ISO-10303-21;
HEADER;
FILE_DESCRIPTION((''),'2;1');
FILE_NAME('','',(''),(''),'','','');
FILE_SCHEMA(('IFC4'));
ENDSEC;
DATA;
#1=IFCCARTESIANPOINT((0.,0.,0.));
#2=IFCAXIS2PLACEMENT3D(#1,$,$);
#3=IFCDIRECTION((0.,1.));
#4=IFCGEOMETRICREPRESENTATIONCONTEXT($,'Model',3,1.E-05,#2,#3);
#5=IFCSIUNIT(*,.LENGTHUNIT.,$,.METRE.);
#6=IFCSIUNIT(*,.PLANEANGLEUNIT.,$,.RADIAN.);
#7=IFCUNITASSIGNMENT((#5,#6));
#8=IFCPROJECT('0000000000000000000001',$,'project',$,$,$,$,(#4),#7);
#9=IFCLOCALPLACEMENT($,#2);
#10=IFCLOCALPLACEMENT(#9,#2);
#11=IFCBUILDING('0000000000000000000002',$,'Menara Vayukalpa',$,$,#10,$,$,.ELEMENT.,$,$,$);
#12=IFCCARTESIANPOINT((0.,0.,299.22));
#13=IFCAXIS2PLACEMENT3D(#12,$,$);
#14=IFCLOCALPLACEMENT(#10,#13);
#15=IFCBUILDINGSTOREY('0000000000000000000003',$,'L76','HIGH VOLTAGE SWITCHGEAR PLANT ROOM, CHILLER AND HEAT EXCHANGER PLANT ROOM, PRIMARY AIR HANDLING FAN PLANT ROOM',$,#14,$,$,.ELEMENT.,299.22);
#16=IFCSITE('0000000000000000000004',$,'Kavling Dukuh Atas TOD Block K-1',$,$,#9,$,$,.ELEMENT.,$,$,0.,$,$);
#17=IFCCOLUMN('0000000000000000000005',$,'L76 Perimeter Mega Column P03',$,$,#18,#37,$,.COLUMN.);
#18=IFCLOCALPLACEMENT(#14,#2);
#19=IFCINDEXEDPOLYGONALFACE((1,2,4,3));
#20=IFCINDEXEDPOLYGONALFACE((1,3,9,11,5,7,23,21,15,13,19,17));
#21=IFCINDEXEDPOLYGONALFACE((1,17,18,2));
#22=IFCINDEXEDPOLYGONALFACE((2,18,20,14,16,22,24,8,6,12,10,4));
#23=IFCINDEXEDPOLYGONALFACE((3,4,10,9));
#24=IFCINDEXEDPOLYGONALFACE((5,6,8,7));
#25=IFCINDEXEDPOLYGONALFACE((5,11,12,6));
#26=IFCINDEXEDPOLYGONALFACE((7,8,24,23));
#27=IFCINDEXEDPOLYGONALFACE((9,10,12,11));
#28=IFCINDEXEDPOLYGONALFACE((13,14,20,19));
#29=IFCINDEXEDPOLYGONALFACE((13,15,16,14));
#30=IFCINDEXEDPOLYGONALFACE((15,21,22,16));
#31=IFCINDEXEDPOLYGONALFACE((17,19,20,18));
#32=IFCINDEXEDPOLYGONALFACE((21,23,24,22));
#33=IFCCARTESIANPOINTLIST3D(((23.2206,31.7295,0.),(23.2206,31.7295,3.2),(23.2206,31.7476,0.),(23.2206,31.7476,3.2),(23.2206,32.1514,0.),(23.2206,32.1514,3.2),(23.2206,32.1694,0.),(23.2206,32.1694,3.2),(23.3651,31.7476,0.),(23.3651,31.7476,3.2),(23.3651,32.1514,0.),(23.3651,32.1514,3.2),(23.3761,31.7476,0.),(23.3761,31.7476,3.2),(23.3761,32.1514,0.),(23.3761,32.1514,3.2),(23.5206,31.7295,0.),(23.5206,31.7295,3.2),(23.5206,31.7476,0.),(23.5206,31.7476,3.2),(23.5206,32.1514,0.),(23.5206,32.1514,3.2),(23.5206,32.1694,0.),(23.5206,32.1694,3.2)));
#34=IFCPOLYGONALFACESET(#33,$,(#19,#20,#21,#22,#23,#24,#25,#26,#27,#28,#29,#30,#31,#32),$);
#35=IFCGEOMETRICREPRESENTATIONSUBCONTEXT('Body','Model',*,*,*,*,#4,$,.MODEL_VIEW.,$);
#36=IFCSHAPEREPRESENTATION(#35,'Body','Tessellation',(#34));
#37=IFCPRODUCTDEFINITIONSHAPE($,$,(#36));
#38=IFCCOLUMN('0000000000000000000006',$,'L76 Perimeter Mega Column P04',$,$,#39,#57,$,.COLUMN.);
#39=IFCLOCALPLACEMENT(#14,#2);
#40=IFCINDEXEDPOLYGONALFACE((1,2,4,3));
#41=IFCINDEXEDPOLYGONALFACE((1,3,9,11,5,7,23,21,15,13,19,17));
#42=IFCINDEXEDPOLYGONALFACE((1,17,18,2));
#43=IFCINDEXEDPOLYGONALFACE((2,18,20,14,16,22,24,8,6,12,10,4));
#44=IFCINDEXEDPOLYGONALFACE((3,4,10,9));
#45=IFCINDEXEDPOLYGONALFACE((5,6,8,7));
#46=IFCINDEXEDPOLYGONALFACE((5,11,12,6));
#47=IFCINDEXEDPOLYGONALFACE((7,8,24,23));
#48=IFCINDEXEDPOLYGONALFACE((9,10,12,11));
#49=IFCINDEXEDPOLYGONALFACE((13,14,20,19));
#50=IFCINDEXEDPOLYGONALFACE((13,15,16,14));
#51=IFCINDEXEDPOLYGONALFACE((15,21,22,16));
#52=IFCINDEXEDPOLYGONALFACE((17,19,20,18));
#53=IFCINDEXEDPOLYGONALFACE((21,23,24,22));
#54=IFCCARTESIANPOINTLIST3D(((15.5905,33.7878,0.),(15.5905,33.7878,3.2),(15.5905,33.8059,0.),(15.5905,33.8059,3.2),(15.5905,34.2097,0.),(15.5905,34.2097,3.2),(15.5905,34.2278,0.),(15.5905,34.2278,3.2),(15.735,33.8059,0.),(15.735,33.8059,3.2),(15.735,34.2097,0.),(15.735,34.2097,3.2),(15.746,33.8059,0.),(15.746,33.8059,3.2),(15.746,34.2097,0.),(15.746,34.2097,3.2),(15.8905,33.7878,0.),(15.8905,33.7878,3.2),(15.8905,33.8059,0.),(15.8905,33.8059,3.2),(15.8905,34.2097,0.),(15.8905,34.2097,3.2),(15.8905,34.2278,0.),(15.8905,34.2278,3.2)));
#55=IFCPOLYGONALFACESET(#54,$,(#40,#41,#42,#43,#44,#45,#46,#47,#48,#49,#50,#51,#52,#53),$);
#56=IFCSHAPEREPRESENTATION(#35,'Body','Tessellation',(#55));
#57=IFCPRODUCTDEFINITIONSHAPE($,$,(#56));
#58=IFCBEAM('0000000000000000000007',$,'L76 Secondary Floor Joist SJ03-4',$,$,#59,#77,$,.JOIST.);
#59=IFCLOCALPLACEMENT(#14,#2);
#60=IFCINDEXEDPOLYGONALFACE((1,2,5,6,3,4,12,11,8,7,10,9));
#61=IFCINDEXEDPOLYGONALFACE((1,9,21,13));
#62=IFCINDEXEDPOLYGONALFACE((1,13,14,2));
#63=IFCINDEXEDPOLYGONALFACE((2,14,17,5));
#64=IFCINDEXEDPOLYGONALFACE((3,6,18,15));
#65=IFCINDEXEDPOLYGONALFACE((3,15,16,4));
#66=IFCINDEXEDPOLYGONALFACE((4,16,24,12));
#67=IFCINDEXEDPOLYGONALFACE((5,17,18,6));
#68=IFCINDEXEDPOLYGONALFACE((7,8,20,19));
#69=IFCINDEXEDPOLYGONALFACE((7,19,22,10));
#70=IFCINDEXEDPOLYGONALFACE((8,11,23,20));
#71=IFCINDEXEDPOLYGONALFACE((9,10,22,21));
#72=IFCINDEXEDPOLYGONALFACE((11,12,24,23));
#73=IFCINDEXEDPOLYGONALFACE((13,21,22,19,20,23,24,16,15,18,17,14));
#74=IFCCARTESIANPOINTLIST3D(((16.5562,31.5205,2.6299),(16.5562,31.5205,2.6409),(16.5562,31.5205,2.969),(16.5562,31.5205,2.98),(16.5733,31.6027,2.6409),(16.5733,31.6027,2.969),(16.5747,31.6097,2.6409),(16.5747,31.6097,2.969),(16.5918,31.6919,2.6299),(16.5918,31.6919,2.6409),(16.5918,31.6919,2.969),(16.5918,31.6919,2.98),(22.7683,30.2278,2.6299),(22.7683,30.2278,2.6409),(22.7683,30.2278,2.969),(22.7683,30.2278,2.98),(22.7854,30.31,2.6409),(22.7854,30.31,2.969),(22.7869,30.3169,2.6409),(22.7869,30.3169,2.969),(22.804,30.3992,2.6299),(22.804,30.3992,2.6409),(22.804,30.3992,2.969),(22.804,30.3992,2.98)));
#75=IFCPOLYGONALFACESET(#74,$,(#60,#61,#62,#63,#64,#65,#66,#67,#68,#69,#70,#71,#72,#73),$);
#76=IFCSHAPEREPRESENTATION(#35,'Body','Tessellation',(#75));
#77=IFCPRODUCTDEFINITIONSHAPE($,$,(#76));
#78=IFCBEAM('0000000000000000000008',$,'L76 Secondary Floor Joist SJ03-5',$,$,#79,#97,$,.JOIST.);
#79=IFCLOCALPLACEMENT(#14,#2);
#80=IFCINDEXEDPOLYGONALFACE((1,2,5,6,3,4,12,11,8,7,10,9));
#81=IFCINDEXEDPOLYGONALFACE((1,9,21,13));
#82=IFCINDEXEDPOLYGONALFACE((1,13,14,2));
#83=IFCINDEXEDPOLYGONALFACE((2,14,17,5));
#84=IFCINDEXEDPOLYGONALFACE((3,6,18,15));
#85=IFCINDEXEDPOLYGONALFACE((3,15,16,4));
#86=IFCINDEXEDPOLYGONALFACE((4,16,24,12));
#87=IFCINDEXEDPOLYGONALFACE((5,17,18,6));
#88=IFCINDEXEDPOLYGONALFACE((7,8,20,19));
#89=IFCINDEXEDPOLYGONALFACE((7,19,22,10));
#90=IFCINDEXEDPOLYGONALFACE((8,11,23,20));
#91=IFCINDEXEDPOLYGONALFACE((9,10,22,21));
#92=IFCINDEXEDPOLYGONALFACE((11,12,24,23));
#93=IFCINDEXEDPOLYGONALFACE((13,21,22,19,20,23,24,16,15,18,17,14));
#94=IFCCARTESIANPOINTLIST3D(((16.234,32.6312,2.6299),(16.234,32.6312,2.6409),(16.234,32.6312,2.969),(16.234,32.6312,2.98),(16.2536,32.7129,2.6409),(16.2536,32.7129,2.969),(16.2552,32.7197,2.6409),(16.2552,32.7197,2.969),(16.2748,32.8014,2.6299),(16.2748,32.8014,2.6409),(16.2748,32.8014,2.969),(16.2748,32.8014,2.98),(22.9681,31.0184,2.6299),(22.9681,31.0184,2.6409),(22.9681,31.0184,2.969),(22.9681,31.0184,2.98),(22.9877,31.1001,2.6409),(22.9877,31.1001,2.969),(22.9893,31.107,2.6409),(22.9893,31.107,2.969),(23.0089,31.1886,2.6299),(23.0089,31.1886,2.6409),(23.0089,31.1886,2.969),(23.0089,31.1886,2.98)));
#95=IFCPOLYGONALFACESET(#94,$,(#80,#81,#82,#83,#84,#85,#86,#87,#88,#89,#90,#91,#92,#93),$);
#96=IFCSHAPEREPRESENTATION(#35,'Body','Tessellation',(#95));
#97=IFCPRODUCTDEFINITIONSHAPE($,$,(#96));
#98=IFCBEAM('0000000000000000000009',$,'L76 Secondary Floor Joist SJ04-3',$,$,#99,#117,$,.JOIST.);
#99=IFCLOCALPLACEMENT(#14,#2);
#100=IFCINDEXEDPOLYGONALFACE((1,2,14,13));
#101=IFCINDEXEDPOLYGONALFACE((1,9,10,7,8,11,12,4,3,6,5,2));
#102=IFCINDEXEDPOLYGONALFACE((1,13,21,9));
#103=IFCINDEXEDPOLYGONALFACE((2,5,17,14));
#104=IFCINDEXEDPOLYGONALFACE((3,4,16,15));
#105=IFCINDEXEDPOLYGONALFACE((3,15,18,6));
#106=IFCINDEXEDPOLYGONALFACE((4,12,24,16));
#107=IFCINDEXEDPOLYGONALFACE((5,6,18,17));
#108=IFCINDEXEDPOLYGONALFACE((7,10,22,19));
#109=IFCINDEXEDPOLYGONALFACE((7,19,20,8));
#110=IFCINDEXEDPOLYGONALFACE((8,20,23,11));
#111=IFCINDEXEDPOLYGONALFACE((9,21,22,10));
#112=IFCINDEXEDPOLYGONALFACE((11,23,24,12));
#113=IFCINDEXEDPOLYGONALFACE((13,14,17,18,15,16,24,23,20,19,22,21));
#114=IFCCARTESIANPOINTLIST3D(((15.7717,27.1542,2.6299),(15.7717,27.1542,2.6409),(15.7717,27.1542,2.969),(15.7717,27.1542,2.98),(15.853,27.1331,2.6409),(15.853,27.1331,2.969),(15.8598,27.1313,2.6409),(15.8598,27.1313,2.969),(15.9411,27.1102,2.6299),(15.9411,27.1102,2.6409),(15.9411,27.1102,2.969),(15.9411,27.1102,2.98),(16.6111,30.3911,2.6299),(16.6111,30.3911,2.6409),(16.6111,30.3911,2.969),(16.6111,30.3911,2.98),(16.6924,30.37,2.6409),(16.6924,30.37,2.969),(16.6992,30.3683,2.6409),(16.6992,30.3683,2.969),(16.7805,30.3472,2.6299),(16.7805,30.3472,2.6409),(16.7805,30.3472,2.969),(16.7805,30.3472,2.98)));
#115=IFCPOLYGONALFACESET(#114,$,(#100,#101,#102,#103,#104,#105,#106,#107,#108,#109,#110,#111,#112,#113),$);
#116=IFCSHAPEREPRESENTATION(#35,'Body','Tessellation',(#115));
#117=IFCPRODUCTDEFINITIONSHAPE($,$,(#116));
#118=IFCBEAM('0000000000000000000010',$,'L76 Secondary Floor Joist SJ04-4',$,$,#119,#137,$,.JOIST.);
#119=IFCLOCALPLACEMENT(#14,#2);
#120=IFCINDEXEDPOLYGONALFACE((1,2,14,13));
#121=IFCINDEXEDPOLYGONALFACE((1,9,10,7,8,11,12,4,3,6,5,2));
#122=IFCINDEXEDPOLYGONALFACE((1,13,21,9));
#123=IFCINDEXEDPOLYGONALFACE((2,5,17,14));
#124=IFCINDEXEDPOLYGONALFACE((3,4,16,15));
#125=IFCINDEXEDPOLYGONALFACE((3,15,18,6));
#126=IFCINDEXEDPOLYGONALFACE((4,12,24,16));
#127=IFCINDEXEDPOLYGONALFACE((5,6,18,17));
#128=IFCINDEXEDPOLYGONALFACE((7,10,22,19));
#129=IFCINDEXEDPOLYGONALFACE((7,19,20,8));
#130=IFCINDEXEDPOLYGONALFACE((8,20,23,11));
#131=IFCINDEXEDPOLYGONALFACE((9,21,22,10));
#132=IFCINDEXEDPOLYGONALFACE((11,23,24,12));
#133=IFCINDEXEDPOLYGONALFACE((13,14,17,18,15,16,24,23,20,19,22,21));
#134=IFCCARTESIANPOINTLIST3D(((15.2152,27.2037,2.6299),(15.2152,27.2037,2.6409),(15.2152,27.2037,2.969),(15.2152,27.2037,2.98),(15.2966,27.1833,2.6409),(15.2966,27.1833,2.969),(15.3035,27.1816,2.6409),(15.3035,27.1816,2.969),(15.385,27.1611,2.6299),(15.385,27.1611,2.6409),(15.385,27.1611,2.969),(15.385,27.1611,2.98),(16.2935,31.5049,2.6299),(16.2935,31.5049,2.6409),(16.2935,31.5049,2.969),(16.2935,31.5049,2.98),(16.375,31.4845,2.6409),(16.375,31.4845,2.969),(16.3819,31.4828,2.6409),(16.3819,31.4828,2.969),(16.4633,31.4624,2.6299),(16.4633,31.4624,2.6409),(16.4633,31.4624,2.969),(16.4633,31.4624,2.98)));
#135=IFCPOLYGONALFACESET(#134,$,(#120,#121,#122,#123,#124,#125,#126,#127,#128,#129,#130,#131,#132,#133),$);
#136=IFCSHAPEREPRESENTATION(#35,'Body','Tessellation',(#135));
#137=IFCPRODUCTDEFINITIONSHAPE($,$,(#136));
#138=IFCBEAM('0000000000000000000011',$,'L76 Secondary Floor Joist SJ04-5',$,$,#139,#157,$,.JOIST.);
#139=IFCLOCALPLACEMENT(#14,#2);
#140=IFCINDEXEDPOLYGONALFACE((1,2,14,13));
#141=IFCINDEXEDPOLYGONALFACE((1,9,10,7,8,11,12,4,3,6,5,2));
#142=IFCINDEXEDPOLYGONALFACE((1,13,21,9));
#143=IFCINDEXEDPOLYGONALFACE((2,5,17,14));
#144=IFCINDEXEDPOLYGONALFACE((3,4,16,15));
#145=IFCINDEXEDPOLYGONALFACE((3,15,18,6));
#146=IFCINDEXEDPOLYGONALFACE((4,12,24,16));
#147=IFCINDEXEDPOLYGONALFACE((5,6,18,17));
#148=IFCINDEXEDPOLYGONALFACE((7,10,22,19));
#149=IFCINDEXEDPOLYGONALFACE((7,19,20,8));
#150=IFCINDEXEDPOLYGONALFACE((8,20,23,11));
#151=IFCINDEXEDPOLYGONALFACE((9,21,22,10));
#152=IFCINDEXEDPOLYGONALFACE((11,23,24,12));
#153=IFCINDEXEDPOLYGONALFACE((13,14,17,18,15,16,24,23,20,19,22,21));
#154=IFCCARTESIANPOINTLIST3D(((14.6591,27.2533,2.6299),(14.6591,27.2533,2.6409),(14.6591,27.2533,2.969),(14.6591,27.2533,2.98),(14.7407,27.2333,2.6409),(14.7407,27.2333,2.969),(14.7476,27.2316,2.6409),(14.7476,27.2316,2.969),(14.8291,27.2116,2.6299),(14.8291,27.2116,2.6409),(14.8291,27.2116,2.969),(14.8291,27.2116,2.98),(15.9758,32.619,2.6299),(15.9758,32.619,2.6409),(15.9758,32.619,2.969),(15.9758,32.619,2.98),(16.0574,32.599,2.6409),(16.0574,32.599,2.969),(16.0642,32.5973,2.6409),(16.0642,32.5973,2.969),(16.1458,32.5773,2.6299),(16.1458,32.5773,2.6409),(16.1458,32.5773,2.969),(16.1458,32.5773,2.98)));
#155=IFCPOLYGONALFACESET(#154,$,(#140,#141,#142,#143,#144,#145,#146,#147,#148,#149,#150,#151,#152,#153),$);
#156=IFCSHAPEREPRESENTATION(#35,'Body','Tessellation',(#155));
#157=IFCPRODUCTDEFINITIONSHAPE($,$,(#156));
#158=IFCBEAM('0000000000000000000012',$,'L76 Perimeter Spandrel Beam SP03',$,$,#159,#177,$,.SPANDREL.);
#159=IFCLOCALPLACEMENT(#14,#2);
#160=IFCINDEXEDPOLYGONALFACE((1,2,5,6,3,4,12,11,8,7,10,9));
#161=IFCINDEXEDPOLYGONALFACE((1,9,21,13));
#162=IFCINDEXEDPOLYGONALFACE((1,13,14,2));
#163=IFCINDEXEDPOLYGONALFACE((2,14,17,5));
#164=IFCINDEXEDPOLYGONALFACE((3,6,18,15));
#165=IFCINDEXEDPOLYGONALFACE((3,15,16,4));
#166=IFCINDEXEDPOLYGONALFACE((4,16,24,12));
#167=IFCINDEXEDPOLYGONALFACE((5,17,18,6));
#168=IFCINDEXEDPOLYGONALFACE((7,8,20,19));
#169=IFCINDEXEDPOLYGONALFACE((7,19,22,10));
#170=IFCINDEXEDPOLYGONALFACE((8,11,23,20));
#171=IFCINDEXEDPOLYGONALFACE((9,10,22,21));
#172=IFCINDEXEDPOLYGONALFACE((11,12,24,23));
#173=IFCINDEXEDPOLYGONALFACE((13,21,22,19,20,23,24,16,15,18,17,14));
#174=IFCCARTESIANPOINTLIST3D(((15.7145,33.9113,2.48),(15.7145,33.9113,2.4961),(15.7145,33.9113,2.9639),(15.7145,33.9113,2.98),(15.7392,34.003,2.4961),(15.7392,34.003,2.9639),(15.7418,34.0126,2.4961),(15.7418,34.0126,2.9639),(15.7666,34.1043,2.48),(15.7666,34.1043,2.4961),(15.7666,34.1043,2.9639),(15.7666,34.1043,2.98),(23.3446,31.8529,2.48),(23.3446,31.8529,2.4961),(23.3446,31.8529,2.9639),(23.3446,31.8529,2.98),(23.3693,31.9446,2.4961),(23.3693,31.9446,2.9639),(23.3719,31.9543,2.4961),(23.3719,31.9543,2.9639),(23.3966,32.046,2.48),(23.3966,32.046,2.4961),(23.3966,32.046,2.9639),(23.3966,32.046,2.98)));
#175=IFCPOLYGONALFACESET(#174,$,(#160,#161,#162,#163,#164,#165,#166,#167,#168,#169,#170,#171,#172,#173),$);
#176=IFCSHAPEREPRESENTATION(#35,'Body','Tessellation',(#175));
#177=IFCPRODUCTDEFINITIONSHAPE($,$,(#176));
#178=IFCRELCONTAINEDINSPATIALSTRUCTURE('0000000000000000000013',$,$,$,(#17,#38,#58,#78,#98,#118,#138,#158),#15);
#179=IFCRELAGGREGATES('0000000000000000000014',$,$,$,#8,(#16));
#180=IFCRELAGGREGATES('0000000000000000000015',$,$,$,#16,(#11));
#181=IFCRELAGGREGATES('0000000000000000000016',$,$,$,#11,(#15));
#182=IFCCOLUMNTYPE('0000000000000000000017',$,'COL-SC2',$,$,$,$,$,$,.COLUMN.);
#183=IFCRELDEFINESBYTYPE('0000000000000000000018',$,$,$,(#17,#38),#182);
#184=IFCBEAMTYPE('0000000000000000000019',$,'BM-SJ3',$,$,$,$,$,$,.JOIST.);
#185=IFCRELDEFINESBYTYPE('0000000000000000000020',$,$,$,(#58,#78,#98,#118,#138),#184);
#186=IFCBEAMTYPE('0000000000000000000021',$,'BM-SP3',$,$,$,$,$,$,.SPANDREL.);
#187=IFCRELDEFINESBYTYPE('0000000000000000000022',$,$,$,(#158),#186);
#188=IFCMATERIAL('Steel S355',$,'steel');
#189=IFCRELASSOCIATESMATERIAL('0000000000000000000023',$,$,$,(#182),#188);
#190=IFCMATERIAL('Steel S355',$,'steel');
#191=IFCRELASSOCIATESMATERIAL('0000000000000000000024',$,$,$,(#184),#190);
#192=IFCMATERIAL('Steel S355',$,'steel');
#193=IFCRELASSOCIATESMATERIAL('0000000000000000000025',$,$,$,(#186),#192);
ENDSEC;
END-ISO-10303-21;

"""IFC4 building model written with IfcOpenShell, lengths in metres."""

from ifc_helpers import new_model, si_unit, direction, frame, origin, origin_2d, place, context, subcontext, project, spatial, i_section, extrude, material, material_profile, profile_set, type_object, element, save


model = new_model("IFC4")

# Units and contexts
model_context = context("Model", 3, precision=1e-05, world=origin(), true_north=direction((0.0, 1.0)))
body_context = subcontext(model_context, "Body", "Model", "MODEL_VIEW")
ifc_project = project(units=[si_unit("LENGTHUNIT", "METRE"), si_unit("PLANEANGLEUNIT", "RADIAN")], contexts=[model_context])

# Site, building, storey
site_placement = place(None, origin())
site = spatial("IfcSite", under=ifc_project, at=site_placement, Name="Kavling Dukuh Atas TOD Block K-1", CompositionType="ELEMENT", RefElevation=0.0)
building_placement = place(site_placement, origin())
building = spatial("IfcBuilding", under=site, at=building_placement, Name="Menara Vayukalpa", CompositionType="ELEMENT")
storey_placement = place(building_placement, frame((0.0, 0.0, 299.22)))
storey = spatial("IfcBuildingStorey", under=building, at=storey_placement, Name="L76", Description="HIGH VOLTAGE SWITCHGEAR PLANT ROOM, CHILLER AND HEAT EXCHANGER PLANT ROOM, PRIMARY AIR HANDLING FAN PLANT ROOM", CompositionType="ELEMENT", Elevation=299.22)

# Columns
ifc_material_1 = material(Name="Steel S355", Category="steel")
ifc_material_profile_1 = material_profile(ifc_material_1, i_section(OverallWidth=0.3, OverallDepth=0.4399, WebThickness=0.011, FlangeThickness=0.0181, at=origin_2d()), Name="H 440x300x11x18")
ifc_profile_set_1 = profile_set([ifc_material_profile_1], Name="Steel S355")
column_type = type_object("IfcColumnType", Name="COL-SC2", PredefinedType="COLUMN", material=ifc_profile_set_1)
for number, where, z_axis, x_axis, name in (
    (1, (23.3706, 31.9495, 0.0), (0.0, 0.0, 1.0), (1.0, 0.0, 0.0), "L76 Perimeter Mega Column P03"),
    (2, (15.7405, 34.0078, 0.0), (0.0, 0.0, 1.0), (1.0, 0.0, 0.0), "L76 Perimeter Mega Column P04"),
):
    element("IfcColumn", number, at=place(storey_placement, frame(where, z_axis=z_axis, x_axis=x_axis)), inside=storey, type_object=column_type, Name=name, PredefinedType="COLUMN", context=body_context, shape_type="SweptSolid", body=[
        extrude(i_section(OverallWidth=0.3, OverallDepth=0.4399, WebThickness=0.011, FlangeThickness=0.0181, at=origin_2d()), origin(), (0.0, 0.0, 1.0), 3.2),
    ])

# Beams
ifc_material_2 = material(Name="Steel S355", Category="steel")
ifc_material_profile_2 = material_profile(ifc_material_2, i_section(OverallWidth=0.175, OverallDepth=0.3501, WebThickness=0.0071, FlangeThickness=0.011, at=origin_2d()), Name="WF 350x175x7x11")
ifc_profile_set_2 = profile_set([ifc_material_profile_2], Name="Steel S355")
beam_type_1 = type_object("IfcBeamType", Name="BM-SJ3", PredefinedType="JOIST", material=ifc_profile_set_2)
beam_1_placement = place(storey_placement, frame((22.7861, 30.3135, 2.8049), z_axis=(-0.979027, 0.203731, 0.0), x_axis=(-0.203731, -0.979027, 0.0)))
element("IfcBeam", 3, at=beam_1_placement, inside=storey, type_object=beam_type_1, Name="L76 Secondary Floor Joist SJ03-4", PredefinedType="JOIST", context=body_context, shape_type="SweptSolid", body=[
    extrude(i_section(OverallWidth=0.175, OverallDepth=0.3501, WebThickness=0.0071, FlangeThickness=0.011, at=origin_2d()), origin(), (0.0, 0.0, 1.0), 6.3452),
])
beam_2_placement = place(storey_placement, frame((22.9885, 31.1035, 2.8049), z_axis=(-0.972499, 0.232909, 0.0), x_axis=(-0.232909, -0.972499, 0.0)))
element("IfcBeam", 4, at=beam_2_placement, inside=storey, type_object=beam_type_1, Name="L76 Secondary Floor Joist SJ03-5", PredefinedType="JOIST", context=body_context, shape_type="SweptSolid", body=[
    extrude(i_section(OverallWidth=0.175, OverallDepth=0.3501, WebThickness=0.0071, FlangeThickness=0.011, at=origin_2d()), origin(), (0.0, 0.0, 1.0), 6.9246),
])
beam_3_placement = place(storey_placement, frame((16.6958, 30.3691, 2.8049), z_axis=(-0.251013, -0.967984, 0.0), x_axis=(0.967984, -0.251013, 0.0)))
element("IfcBeam", 5, at=beam_3_placement, inside=storey, type_object=beam_type_1, Name="L76 Secondary Floor Joist SJ04-3", PredefinedType="JOIST", context=body_context, shape_type="SweptSolid", body=[
    extrude(i_section(OverallWidth=0.175, OverallDepth=0.3501, WebThickness=0.0071, FlangeThickness=0.011, at=origin_2d()), origin(), (0.0, 0.0, 1.0), 3.344),
])
beam_4_placement = place(storey_placement, frame((16.3784, 31.4836, 2.8049), z_axis=(-0.243183, -0.96998, 0.0), x_axis=(0.96998, -0.243183, 0.0)))
element("IfcBeam", 6, at=beam_4_placement, inside=storey, type_object=beam_type_1, Name="L76 Secondary Floor Joist SJ04-4", PredefinedType="JOIST", context=body_context, shape_type="SweptSolid", body=[
    extrude(i_section(OverallWidth=0.175, OverallDepth=0.3501, WebThickness=0.0071, FlangeThickness=0.011, at=origin_2d()), origin(), (0.0, 0.0, 1.0), 4.4343),
])
beam_5_placement = place(storey_placement, frame((16.0608, 32.5981, 2.8049), z_axis=(-0.238312, -0.971189, 0.0), x_axis=(0.971189, -0.238312, 0.0)))
element("IfcBeam", 7, at=beam_5_placement, inside=storey, type_object=beam_type_1, Name="L76 Secondary Floor Joist SJ04-5", PredefinedType="JOIST", context=body_context, shape_type="SweptSolid", body=[
    extrude(i_section(OverallWidth=0.175, OverallDepth=0.3501, WebThickness=0.0071, FlangeThickness=0.011, at=origin_2d()), origin(), (0.0, 0.0, 1.0), 5.5249),
])
ifc_material_3 = material(Name="Steel S355", Category="steel")
ifc_material_profile_3 = material_profile(ifc_material_3, i_section(OverallWidth=0.2, OverallDepth=0.5, WebThickness=0.01, FlangeThickness=0.0161, at=origin_2d()), Name="WF 500x200x10x16")
ifc_profile_set_3 = profile_set([ifc_material_profile_3], Name="Steel S355")
beam_type_2 = type_object("IfcBeamType", Name="BM-SP3", PredefinedType="SPANDREL", material=ifc_profile_set_3)
beam_6_placement = place(storey_placement, frame((23.3706, 31.9495, 2.73), z_axis=(-0.965486, 0.260455, 0.0), x_axis=(-0.260455, -0.965486, 0.0)))
element("IfcBeam", 8, at=beam_6_placement, inside=storey, type_object=beam_type_2, Name="L76 Perimeter Spandrel Beam SP03", PredefinedType="SPANDREL", context=body_context, shape_type="SweptSolid", body=[
    extrude(i_section(OverallWidth=0.2, OverallDepth=0.5, WebThickness=0.01, FlangeThickness=0.0161, at=origin_2d()), origin(), (0.0, 0.0, 1.0), 7.9028),
])

save(model, "model.ifc")
